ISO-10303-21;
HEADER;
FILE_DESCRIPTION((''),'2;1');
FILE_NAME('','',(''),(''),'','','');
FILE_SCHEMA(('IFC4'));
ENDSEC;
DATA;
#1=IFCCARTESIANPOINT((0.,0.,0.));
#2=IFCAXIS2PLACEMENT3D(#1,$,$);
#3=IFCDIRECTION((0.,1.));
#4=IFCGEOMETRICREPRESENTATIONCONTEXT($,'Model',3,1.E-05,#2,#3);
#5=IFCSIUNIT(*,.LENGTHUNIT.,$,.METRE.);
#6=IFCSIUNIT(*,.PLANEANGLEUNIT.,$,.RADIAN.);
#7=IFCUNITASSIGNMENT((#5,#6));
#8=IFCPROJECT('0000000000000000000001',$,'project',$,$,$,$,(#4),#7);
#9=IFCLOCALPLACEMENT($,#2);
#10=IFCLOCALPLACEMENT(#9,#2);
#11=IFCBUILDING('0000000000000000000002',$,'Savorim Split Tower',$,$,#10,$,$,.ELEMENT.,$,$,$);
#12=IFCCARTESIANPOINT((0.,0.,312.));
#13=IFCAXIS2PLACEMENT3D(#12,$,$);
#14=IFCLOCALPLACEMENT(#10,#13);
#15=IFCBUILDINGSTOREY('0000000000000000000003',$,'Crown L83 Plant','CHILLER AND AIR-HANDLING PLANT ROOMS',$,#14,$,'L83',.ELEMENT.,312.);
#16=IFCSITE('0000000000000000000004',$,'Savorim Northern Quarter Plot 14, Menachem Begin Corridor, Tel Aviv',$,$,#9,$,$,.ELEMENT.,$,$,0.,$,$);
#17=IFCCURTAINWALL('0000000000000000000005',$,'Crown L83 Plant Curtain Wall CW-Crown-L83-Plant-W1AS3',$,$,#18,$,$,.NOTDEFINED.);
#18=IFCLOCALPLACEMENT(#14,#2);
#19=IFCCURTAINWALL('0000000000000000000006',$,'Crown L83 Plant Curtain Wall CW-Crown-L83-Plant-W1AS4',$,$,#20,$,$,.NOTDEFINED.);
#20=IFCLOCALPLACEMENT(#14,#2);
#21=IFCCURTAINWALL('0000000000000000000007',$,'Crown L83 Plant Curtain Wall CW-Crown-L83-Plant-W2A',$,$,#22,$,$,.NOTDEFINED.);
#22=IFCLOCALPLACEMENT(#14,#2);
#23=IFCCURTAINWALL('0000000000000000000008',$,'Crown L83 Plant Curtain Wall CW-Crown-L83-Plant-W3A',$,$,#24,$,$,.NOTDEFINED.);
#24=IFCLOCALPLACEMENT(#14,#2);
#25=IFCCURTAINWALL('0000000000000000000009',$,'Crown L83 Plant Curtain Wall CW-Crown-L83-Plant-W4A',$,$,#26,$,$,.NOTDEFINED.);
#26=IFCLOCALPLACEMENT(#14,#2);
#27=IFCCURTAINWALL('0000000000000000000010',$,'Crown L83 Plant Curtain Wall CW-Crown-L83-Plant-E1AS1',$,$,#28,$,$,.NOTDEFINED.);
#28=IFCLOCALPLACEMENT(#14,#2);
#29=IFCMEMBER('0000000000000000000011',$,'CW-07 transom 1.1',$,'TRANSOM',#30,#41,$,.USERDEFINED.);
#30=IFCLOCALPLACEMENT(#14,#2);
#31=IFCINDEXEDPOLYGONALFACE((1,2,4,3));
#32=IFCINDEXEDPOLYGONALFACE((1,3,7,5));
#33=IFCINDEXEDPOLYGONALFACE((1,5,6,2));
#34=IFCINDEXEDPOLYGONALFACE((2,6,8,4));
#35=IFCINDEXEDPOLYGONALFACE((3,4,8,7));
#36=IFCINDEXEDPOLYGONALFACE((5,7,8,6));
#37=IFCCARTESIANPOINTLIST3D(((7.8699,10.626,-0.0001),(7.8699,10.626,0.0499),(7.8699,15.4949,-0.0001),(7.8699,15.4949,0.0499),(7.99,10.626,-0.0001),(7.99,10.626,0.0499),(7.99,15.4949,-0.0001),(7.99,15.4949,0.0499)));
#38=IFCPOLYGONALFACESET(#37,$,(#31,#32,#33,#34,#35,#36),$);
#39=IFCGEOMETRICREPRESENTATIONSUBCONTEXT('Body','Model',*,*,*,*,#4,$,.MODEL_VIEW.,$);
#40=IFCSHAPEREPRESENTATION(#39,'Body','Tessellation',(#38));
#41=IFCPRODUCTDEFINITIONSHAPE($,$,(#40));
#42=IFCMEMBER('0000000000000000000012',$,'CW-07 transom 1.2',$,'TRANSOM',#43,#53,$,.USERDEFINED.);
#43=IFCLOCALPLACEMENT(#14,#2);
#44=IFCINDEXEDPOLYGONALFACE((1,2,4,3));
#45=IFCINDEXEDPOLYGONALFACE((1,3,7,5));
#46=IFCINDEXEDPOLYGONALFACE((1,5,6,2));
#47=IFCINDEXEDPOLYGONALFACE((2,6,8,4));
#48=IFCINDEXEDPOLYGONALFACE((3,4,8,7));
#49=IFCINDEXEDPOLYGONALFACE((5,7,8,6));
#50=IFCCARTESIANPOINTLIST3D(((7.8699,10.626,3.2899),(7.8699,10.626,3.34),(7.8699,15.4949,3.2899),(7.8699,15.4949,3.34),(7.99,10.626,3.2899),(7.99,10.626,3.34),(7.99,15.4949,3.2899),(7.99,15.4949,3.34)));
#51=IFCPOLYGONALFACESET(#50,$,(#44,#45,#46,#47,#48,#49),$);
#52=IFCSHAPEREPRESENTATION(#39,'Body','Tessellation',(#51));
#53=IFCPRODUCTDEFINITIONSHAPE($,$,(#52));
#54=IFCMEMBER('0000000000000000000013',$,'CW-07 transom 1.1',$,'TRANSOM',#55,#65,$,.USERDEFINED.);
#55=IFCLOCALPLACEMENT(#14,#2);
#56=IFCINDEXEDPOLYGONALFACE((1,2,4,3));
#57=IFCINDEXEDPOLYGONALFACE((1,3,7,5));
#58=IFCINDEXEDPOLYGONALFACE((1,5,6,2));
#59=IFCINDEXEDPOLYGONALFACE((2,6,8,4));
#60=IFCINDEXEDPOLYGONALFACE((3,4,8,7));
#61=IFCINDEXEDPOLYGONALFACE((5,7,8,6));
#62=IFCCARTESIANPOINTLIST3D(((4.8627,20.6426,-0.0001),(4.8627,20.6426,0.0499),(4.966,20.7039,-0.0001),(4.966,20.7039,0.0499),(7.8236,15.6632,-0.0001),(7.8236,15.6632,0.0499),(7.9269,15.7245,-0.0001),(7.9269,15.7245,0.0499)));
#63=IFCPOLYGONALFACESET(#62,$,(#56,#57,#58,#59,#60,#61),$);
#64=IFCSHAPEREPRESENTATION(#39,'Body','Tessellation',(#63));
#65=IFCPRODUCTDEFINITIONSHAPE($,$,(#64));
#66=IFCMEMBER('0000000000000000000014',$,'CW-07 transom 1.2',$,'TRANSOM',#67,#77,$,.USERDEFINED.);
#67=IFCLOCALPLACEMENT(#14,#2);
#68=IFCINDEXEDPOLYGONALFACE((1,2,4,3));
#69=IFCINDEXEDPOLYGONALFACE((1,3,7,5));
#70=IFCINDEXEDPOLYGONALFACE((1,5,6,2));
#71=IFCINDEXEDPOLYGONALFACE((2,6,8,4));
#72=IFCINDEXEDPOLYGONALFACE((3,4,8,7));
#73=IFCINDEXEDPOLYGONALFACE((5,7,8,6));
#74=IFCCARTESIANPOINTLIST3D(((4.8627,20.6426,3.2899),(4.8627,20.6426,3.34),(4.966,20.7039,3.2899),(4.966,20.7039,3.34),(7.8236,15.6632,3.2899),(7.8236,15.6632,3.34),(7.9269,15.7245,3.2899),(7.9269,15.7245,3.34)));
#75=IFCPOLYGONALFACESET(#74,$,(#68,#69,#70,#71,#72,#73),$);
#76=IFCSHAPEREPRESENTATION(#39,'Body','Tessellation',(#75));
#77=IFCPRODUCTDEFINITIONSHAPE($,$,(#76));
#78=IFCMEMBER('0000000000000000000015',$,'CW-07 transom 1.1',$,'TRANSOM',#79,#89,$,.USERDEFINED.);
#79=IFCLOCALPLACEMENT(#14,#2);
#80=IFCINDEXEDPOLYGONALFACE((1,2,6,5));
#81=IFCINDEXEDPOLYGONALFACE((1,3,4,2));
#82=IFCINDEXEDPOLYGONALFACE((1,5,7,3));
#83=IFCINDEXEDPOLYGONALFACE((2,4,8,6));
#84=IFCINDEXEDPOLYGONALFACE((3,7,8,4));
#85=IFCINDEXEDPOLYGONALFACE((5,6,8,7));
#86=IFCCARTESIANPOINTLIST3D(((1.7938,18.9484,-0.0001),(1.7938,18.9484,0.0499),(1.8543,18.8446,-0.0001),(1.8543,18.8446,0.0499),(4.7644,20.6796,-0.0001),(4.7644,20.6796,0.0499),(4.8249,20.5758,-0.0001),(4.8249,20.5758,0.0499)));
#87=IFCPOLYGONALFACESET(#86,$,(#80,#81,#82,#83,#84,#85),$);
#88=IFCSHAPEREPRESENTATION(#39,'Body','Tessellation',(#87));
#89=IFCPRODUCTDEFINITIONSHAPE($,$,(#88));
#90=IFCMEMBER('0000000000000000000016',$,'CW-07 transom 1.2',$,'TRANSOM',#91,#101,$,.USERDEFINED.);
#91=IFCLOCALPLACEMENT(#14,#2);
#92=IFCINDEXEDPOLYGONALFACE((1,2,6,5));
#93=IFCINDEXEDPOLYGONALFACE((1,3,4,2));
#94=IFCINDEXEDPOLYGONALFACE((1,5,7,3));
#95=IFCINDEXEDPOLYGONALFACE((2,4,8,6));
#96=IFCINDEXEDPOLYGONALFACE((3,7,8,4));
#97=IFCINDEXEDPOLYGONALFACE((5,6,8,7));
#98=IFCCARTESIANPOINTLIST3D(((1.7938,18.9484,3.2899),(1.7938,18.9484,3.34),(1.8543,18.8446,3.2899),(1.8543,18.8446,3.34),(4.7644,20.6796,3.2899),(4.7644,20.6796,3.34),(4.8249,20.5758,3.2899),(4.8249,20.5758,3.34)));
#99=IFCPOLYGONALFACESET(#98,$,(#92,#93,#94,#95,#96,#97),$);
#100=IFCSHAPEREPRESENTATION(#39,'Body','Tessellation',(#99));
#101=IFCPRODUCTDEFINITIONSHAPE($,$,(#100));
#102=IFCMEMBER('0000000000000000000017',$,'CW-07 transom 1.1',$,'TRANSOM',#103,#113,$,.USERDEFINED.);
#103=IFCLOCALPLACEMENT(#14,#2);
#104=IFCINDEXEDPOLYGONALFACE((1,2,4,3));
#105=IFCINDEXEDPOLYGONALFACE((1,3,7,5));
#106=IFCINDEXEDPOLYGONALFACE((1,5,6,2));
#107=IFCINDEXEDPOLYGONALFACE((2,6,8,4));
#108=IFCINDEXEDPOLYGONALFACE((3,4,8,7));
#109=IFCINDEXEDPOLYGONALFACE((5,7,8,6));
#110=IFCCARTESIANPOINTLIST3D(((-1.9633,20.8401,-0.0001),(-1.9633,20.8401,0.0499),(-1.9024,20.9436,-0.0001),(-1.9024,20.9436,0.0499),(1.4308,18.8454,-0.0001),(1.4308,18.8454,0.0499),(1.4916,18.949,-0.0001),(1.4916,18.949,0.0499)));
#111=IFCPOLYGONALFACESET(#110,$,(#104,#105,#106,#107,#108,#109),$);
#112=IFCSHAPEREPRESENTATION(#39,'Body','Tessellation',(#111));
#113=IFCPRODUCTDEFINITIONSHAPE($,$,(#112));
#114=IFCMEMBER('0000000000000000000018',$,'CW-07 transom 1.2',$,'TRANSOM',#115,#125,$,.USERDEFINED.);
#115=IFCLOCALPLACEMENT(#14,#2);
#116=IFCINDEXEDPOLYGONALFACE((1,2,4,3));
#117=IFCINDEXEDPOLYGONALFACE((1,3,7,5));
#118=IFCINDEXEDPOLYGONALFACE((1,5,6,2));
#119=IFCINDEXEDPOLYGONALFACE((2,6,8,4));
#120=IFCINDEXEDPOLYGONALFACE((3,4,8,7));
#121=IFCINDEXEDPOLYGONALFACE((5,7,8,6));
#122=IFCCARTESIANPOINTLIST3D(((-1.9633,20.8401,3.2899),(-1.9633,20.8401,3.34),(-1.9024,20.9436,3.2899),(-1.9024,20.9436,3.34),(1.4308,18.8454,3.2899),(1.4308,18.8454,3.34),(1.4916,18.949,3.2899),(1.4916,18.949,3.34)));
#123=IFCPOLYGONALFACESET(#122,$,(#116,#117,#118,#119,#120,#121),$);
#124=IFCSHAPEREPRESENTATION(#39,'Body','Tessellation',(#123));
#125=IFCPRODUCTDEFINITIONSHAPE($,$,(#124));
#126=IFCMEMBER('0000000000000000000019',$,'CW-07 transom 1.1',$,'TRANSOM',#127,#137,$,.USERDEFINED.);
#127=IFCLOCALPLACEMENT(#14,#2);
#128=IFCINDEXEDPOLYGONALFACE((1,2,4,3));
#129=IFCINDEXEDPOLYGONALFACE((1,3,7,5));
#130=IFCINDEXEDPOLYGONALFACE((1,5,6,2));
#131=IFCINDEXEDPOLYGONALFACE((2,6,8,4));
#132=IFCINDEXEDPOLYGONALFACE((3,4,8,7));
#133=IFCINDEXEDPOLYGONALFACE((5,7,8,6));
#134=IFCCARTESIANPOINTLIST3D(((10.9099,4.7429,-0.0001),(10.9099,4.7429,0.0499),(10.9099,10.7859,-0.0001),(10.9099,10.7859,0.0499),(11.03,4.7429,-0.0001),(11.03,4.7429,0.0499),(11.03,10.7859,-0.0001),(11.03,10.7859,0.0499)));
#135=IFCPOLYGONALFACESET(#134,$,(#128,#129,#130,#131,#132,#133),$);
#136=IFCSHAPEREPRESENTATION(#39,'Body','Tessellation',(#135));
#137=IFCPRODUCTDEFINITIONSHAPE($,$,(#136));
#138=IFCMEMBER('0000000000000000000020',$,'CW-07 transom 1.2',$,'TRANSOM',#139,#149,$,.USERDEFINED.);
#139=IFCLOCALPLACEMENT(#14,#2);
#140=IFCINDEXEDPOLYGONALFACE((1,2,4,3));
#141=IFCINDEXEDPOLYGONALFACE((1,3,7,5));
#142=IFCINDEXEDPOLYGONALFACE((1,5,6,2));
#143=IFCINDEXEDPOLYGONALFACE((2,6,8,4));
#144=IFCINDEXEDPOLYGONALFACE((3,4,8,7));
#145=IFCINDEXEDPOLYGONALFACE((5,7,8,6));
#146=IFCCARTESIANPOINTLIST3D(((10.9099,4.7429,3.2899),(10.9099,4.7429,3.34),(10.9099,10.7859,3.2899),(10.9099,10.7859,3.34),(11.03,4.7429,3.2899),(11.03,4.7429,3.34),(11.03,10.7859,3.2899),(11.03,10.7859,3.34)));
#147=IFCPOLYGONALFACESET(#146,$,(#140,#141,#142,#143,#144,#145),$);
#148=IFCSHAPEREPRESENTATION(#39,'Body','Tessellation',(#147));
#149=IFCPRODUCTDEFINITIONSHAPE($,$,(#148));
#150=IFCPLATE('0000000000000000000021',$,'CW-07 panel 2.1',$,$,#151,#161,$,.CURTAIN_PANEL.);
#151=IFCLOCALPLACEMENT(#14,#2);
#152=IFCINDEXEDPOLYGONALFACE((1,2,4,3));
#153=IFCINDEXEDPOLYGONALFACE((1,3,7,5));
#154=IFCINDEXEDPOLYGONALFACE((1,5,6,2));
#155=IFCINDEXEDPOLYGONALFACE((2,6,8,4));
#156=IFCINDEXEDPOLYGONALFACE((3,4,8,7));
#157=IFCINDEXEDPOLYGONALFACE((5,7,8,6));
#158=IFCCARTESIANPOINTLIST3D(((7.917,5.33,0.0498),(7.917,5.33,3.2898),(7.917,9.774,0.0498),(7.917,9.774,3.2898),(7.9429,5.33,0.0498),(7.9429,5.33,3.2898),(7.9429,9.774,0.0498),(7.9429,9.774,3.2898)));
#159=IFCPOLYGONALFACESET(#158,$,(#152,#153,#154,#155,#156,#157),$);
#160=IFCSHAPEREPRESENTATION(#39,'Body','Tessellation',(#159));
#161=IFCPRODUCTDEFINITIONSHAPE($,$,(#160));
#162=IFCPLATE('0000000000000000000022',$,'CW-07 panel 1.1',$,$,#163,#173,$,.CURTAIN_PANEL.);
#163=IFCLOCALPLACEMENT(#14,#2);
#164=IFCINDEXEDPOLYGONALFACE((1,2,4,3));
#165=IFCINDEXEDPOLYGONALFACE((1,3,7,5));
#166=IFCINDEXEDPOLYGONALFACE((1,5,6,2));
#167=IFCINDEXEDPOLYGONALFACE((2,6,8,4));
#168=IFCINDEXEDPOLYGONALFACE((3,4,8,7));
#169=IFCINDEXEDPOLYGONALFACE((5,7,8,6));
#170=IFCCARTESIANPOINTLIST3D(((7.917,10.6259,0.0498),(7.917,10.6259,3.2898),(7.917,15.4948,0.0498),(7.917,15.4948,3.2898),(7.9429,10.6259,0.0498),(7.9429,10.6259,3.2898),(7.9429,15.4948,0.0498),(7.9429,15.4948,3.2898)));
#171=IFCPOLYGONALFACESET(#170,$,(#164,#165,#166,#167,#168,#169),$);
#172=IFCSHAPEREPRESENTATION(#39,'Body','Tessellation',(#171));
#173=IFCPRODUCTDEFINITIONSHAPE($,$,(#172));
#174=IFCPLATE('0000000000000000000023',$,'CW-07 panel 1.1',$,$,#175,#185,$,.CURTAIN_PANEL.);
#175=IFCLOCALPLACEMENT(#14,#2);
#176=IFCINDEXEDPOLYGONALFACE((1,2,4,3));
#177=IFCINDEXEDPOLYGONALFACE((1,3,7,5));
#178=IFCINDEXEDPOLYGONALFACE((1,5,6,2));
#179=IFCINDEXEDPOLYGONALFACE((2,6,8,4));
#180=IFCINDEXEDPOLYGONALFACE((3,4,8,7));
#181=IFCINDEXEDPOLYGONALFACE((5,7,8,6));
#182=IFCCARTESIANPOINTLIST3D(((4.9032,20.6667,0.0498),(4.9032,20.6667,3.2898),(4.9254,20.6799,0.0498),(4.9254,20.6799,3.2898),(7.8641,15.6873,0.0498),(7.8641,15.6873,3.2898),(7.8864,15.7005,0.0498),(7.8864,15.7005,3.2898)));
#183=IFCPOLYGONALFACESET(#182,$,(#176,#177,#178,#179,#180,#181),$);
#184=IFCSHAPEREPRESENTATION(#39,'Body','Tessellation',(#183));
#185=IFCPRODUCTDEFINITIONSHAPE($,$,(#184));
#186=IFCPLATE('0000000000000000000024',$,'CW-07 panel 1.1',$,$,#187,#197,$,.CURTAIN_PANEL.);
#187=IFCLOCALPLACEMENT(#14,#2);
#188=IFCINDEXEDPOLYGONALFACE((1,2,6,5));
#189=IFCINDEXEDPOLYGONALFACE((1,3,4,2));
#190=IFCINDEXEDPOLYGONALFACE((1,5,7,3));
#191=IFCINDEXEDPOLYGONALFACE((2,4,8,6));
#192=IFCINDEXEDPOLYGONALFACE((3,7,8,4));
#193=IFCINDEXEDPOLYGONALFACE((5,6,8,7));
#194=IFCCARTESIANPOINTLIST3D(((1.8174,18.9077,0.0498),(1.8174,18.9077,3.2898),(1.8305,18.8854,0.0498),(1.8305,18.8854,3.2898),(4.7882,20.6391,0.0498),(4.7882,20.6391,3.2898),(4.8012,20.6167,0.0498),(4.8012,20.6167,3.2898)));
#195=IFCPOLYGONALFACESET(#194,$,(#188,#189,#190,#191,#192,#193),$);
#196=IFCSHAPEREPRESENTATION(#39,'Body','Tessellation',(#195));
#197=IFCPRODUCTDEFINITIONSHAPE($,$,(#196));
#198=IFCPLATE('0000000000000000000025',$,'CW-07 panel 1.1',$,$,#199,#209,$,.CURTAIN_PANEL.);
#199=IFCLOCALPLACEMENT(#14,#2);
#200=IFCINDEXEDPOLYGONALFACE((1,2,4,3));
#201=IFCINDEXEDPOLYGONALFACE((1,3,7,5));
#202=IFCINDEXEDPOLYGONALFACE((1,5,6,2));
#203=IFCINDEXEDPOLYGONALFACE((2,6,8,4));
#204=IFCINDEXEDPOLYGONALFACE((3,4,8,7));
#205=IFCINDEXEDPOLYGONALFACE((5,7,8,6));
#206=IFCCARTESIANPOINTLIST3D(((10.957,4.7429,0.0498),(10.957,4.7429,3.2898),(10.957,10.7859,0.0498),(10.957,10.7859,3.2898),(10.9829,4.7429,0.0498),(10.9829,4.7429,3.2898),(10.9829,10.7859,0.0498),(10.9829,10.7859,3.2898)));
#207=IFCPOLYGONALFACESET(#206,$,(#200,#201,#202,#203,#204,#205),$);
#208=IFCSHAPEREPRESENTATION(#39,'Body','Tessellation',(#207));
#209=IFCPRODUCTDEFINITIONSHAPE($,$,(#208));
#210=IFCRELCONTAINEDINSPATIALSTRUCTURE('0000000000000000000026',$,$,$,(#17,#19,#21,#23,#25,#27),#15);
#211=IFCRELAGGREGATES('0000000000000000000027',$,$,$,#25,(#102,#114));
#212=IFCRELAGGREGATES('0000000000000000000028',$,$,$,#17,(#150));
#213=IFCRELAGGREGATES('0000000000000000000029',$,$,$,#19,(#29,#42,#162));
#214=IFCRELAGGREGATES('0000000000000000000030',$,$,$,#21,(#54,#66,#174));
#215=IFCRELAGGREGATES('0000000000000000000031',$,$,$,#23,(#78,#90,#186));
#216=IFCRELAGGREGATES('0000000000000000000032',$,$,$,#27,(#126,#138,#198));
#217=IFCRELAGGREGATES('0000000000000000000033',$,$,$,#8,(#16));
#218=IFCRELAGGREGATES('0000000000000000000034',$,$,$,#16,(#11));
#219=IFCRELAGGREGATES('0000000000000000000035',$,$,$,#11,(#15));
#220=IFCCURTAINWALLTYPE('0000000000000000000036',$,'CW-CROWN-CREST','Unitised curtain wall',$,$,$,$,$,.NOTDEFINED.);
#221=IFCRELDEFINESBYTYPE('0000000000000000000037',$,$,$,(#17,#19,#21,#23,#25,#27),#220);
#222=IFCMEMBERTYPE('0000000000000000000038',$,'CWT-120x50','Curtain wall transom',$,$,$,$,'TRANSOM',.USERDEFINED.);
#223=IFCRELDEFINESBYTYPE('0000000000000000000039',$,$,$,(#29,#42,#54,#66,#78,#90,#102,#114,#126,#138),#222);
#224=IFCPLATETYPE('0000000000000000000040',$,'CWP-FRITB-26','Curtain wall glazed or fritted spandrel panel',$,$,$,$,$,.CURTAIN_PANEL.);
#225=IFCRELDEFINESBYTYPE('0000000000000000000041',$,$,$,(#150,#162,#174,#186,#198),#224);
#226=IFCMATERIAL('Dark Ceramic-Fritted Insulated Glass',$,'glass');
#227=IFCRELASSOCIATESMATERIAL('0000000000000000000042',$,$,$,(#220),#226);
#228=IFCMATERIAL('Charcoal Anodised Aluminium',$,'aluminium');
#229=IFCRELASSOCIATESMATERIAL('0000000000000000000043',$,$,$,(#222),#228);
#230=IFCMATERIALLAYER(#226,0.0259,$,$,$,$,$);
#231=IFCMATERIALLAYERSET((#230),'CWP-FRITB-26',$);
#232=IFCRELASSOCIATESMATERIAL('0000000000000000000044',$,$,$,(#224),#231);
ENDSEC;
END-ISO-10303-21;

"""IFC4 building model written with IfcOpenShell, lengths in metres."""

from ifc_helpers import new_model, si_unit, direction, frame, origin, origin_2d, place, context, subcontext, project, spatial, rectangle, extrude, material, layer, layer_set, material_profile, profile_set, type_object, element, aggregate, save


model = new_model("IFC4")

# Units and contexts
model_context = context("Model", 3, precision=1e-05, world=origin(), true_north=direction((0.0, 1.0)))
body_context = subcontext(model_context, "Body", "Model", "MODEL_VIEW")
ifc_project = project(units=[si_unit("LENGTHUNIT", "METRE"), si_unit("PLANEANGLEUNIT", "RADIAN")], contexts=[model_context])

# Site, building, storey
site_placement = place(None, origin())
site = spatial("IfcSite", under=ifc_project, at=site_placement, Name="Savorim Northern Quarter Plot 14, Menachem Begin Corridor, Tel Aviv", CompositionType="ELEMENT", RefElevation=0.0)
building_placement = place(site_placement, origin())
building = spatial("IfcBuilding", under=site, at=building_placement, Name="Savorim Split Tower", CompositionType="ELEMENT")
storey_placement = place(building_placement, frame((0.0, 0.0, 312.0)))
storey = spatial("IfcBuildingStorey", under=building, at=storey_placement, Name="Crown L83 Plant", Description="CHILLER AND AIR-HANDLING PLANT ROOMS", LongName="L83", CompositionType="ELEMENT", Elevation=312.0)

# Curtain wall
ifc_material_1 = material(Name="Dark Ceramic-Fritted Insulated Glass", Category="glass")
curtain_wall_type = type_object("IfcCurtainWallType", Name="CW-CROWN-CREST", Description="Unitised curtain wall", PredefinedType="NOTDEFINED", material=ifc_material_1)
curtain_wall_1_placement = place(storey_placement, origin())
curtain_wall_1 = element("IfcCurtainWall", 1, at=curtain_wall_1_placement, inside=storey, type_object=curtain_wall_type, Name="Crown L83 Plant Curtain Wall CW-Crown-L83-Plant-W1AS3", PredefinedType="NOTDEFINED")
ifc_material_2 = material(Name="Charcoal Anodised Aluminium", Category="aluminium")

# Curtain walls
curtain_wall_2_placement = place(storey_placement, origin())
curtain_wall_2 = element("IfcCurtainWall", 2, at=curtain_wall_2_placement, inside=storey, type_object=curtain_wall_type, Name="Crown L83 Plant Curtain Wall CW-Crown-L83-Plant-W1AS4", PredefinedType="NOTDEFINED")
curtain_wall_3_placement = place(storey_placement, origin())
curtain_wall_3 = element("IfcCurtainWall", 3, at=curtain_wall_3_placement, inside=storey, type_object=curtain_wall_type, Name="Crown L83 Plant Curtain Wall CW-Crown-L83-Plant-W2A", PredefinedType="NOTDEFINED")
curtain_wall_4_placement = place(storey_placement, origin())
curtain_wall_4 = element("IfcCurtainWall", 4, at=curtain_wall_4_placement, inside=storey, type_object=curtain_wall_type, Name="Crown L83 Plant Curtain Wall CW-Crown-L83-Plant-W3A", PredefinedType="NOTDEFINED")

# Curtain walls
curtain_wall_5_placement = place(storey_placement, origin())
curtain_wall_5 = element("IfcCurtainWall", 5, at=curtain_wall_5_placement, inside=storey, type_object=curtain_wall_type, Name="Crown L83 Plant Curtain Wall CW-Crown-L83-Plant-W4A", PredefinedType="NOTDEFINED")
curtain_wall_6_placement = place(storey_placement, origin())
curtain_wall_6 = element("IfcCurtainWall", 6, at=curtain_wall_6_placement, inside=storey, type_object=curtain_wall_type, Name="Crown L83 Plant Curtain Wall CW-Crown-L83-Plant-E1AS1", PredefinedType="NOTDEFINED")

# Members
ifc_material_profile_1 = material_profile(ifc_material_2, rectangle(XDim=0.1201, YDim=0.05, at=origin_2d()), Name="ALU-T 120x50")
ifc_profile_set_1 = profile_set([ifc_material_profile_1], Name="Charcoal Anodised Aluminium")
member_type_1 = type_object("IfcMemberType", Name="CWT-120x50", Description="Curtain wall transom", ElementType="TRANSOM", PredefinedType="USERDEFINED", material=ifc_profile_set_1)
member_1_placement = place(storey_placement, frame((7.9299, 10.626, 0.0249), z_axis=(0.0, 1.0, 0.0), x_axis=(-1.0, 0.0, 0.0)))
member_1 = element("IfcMember", 7, at=member_1_placement, type_object=member_type_1, Name="CW-07 transom 1.1", ObjectType="TRANSOM", PredefinedType="USERDEFINED", context=body_context, shape_type="SweptSolid", body=[
    extrude(rectangle(XDim=0.1201, YDim=0.05, at=origin_2d()), origin(), (0.0, 0.0, 1.0), 4.8689),
])
member_2_placement = place(storey_placement, frame((7.9299, 10.626, 3.3149), z_axis=(0.0, 1.0, 0.0), x_axis=(-1.0, 0.0, 0.0)))
member_2 = element("IfcMember", 8, at=member_2_placement, type_object=member_type_1, Name="CW-07 transom 1.2", ObjectType="TRANSOM", PredefinedType="USERDEFINED", context=body_context, shape_type="SweptSolid", body=[
    extrude(rectangle(XDim=0.1201, YDim=0.05, at=origin_2d()), origin(), (0.0, 0.0, 1.0), 4.8689),
])
member_3_placement = place(storey_placement, frame((7.8752, 15.6938, 0.0249), z_axis=(-0.511096, 0.859524, 0.0), x_axis=(-0.859524, -0.511096, 0.0)))
member_3 = element("IfcMember", 9, at=member_3_placement, type_object=member_type_1, Name="CW-07 transom 1.1", ObjectType="TRANSOM", PredefinedType="USERDEFINED", context=body_context, shape_type="SweptSolid", body=[
    extrude(rectangle(XDim=0.1201, YDim=0.05, at=origin_2d()), origin(), (0.0, 0.0, 1.0), 5.7932),
])
member_4_placement = place(storey_placement, frame((7.8752, 15.6938, 3.3149), z_axis=(-0.511096, 0.859524, 0.0), x_axis=(-0.859524, -0.511096, 0.0)))
member_4 = element("IfcMember", 10, at=member_4_placement, type_object=member_type_1, Name="CW-07 transom 1.2", ObjectType="TRANSOM", PredefinedType="USERDEFINED", context=body_context, shape_type="SweptSolid", body=[
    extrude(rectangle(XDim=0.1201, YDim=0.05, at=origin_2d()), origin(), (0.0, 0.0, 1.0), 5.7932),
])
member_5_placement = place(storey_placement, frame((4.7947, 20.6277, 0.0249), z_axis=(-0.863995, -0.5035, 0.0), x_axis=(0.5035, -0.863995, 0.0)))
member_5 = element("IfcMember", 11, at=member_5_placement, type_object=member_type_1, Name="CW-07 transom 1.1", ObjectType="TRANSOM", PredefinedType="USERDEFINED", context=body_context, shape_type="SweptSolid", body=[
    extrude(rectangle(XDim=0.1201, YDim=0.05, at=origin_2d()), origin(), (0.0, 0.0, 1.0), 3.4382),
])
member_6_placement = place(storey_placement, frame((4.7947, 20.6277, 3.3149), z_axis=(-0.863995, -0.5035, 0.0), x_axis=(0.5035, -0.863995, 0.0)))
member_6 = element("IfcMember", 12, at=member_6_placement, type_object=member_type_1, Name="CW-07 transom 1.2", ObjectType="TRANSOM", PredefinedType="USERDEFINED", context=body_context, shape_type="SweptSolid", body=[
    extrude(rectangle(XDim=0.1201, YDim=0.05, at=origin_2d()), origin(), (0.0, 0.0, 1.0), 3.4382),
])
member_7_placement = place(storey_placement, frame((1.4612, 18.8972, 0.0249), z_axis=(-0.862141, 0.506668, 0.0), x_axis=(-0.506668, -0.862141, 0.0)))
member_7 = element("IfcMember", 13, at=member_7_placement, type_object=member_type_1, Name="CW-07 transom 1.1", ObjectType="TRANSOM", PredefinedType="USERDEFINED", context=body_context, shape_type="SweptSolid", body=[
    extrude(rectangle(XDim=0.1201, YDim=0.05, at=origin_2d()), origin(), (0.0, 0.0, 1.0), 3.9368),
])
member_8_placement = place(storey_placement, frame((1.4612, 18.8972, 3.3149), z_axis=(-0.862141, 0.506668, 0.0), x_axis=(-0.506668, -0.862141, 0.0)))
member_8 = element("IfcMember", 14, at=member_8_placement, type_object=member_type_1, Name="CW-07 transom 1.2", ObjectType="TRANSOM", PredefinedType="USERDEFINED", context=body_context, shape_type="SweptSolid", body=[
    extrude(rectangle(XDim=0.1201, YDim=0.05, at=origin_2d()), origin(), (0.0, 0.0, 1.0), 3.9368),
])
aggregate(curtain_wall_5, [member_7, member_8])
member_9_placement = place(storey_placement, frame((10.97, 10.7859, 0.0249), z_axis=(0.0, -1.0, 0.0), x_axis=(1.0, 0.0, 0.0)))
member_9 = element("IfcMember", 15, at=member_9_placement, type_object=member_type_1, Name="CW-07 transom 1.1", ObjectType="TRANSOM", PredefinedType="USERDEFINED", context=body_context, shape_type="SweptSolid", body=[
    extrude(rectangle(XDim=0.1201, YDim=0.05, at=origin_2d()), origin(), (0.0, 0.0, 1.0), 6.043),
])
member_10_placement = place(storey_placement, frame((10.97, 10.7859, 3.3149), z_axis=(0.0, -1.0, 0.0), x_axis=(1.0, 0.0, 0.0)))
member_10 = element("IfcMember", 16, at=member_10_placement, type_object=member_type_1, Name="CW-07 transom 1.2", ObjectType="TRANSOM", PredefinedType="USERDEFINED", context=body_context, shape_type="SweptSolid", body=[
    extrude(rectangle(XDim=0.1201, YDim=0.05, at=origin_2d()), origin(), (0.0, 0.0, 1.0), 6.043),
])

# Plates
ifc_layer_1 = layer(ifc_material_1, 0.0259)
ifc_layer_set_1 = layer_set([ifc_layer_1], Name="CWP-FRITB-26")
plate_type_1 = type_object("IfcPlateType", Name="CWP-FRITB-26", Description="Curtain wall glazed or fritted spandrel panel", PredefinedType="CURTAIN_PANEL", material=ifc_layer_set_1)
plate_1_placement = place(storey_placement, frame((7.9299, 7.552, 0.0498), z_axis=(0.0, 0.0, 1.0), x_axis=(0.0, 1.0, 0.0)))
plate_1 = element("IfcPlate", 17, at=plate_1_placement, type_object=plate_type_1, Name="CW-07 panel 2.1", PredefinedType="CURTAIN_PANEL", context=body_context, shape_type="SweptSolid", body=[
    extrude(rectangle(XDim=4.4441, YDim=0.0259, at=origin_2d()), origin(), (0.0, 0.0, 1.0), 3.24),
])
aggregate(curtain_wall_1, [plate_1])
plate_2_placement = place(storey_placement, frame((7.9299, 13.0603, 0.0498), z_axis=(0.0, 0.0, 1.0), x_axis=(0.0, 1.0, 0.0)))
plate_2 = element("IfcPlate", 18, at=plate_2_placement, type_object=plate_type_1, Name="CW-07 panel 1.1", PredefinedType="CURTAIN_PANEL", context=body_context, shape_type="SweptSolid", body=[
    extrude(rectangle(XDim=4.8689, YDim=0.0259, at=origin_2d()), origin(), (0.0, 0.0, 1.0), 3.24),
])
aggregate(curtain_wall_2, [member_1, member_2, plate_2])
plate_3_placement = place(storey_placement, frame((6.3948, 18.1836, 0.0498), z_axis=(0.0, 0.0, 1.0), x_axis=(-0.511102, 0.85952, 0.0)))
plate_3 = element("IfcPlate", 19, at=plate_3_placement, type_object=plate_type_1, Name="CW-07 panel 1.1", PredefinedType="CURTAIN_PANEL", context=body_context, shape_type="SweptSolid", body=[
    extrude(rectangle(XDim=5.7932, YDim=0.0259, at=origin_2d()), origin(), (0.0, 0.0, 1.0), 3.24),
])
aggregate(curtain_wall_3, [member_3, member_4, plate_3])
plate_4_placement = place(storey_placement, frame((3.3093, 19.7622, 0.0498), z_axis=(0.0, 0.0, 1.0), x_axis=(-0.863982, -0.503523, 0.0)))
plate_4 = element("IfcPlate", 20, at=plate_4_placement, type_object=plate_type_1, Name="CW-07 panel 1.1", PredefinedType="CURTAIN_PANEL", context=body_context, shape_type="SweptSolid", body=[
    extrude(rectangle(XDim=3.4385, YDim=0.0259, at=origin_2d()), origin(), (0.0, 0.0, 1.0), 3.24),
])
aggregate(curtain_wall_4, [member_5, member_6, plate_4])
plate_5_placement = place(storey_placement, frame((10.97, 7.7644, 0.0498), z_axis=(0.0, 0.0, 1.0), x_axis=(0.0, -1.0, 0.0)))
plate_5 = element("IfcPlate", 21, at=plate_5_placement, type_object=plate_type_1, Name="CW-07 panel 1.1", PredefinedType="CURTAIN_PANEL", context=body_context, shape_type="SweptSolid", body=[
    extrude(rectangle(XDim=6.043, YDim=0.0259, at=origin_2d()), origin(), (0.0, 0.0, 1.0), 3.24),
])
aggregate(curtain_wall_6, [member_9, member_10, plate_5])

save(model, "model.ifc")
